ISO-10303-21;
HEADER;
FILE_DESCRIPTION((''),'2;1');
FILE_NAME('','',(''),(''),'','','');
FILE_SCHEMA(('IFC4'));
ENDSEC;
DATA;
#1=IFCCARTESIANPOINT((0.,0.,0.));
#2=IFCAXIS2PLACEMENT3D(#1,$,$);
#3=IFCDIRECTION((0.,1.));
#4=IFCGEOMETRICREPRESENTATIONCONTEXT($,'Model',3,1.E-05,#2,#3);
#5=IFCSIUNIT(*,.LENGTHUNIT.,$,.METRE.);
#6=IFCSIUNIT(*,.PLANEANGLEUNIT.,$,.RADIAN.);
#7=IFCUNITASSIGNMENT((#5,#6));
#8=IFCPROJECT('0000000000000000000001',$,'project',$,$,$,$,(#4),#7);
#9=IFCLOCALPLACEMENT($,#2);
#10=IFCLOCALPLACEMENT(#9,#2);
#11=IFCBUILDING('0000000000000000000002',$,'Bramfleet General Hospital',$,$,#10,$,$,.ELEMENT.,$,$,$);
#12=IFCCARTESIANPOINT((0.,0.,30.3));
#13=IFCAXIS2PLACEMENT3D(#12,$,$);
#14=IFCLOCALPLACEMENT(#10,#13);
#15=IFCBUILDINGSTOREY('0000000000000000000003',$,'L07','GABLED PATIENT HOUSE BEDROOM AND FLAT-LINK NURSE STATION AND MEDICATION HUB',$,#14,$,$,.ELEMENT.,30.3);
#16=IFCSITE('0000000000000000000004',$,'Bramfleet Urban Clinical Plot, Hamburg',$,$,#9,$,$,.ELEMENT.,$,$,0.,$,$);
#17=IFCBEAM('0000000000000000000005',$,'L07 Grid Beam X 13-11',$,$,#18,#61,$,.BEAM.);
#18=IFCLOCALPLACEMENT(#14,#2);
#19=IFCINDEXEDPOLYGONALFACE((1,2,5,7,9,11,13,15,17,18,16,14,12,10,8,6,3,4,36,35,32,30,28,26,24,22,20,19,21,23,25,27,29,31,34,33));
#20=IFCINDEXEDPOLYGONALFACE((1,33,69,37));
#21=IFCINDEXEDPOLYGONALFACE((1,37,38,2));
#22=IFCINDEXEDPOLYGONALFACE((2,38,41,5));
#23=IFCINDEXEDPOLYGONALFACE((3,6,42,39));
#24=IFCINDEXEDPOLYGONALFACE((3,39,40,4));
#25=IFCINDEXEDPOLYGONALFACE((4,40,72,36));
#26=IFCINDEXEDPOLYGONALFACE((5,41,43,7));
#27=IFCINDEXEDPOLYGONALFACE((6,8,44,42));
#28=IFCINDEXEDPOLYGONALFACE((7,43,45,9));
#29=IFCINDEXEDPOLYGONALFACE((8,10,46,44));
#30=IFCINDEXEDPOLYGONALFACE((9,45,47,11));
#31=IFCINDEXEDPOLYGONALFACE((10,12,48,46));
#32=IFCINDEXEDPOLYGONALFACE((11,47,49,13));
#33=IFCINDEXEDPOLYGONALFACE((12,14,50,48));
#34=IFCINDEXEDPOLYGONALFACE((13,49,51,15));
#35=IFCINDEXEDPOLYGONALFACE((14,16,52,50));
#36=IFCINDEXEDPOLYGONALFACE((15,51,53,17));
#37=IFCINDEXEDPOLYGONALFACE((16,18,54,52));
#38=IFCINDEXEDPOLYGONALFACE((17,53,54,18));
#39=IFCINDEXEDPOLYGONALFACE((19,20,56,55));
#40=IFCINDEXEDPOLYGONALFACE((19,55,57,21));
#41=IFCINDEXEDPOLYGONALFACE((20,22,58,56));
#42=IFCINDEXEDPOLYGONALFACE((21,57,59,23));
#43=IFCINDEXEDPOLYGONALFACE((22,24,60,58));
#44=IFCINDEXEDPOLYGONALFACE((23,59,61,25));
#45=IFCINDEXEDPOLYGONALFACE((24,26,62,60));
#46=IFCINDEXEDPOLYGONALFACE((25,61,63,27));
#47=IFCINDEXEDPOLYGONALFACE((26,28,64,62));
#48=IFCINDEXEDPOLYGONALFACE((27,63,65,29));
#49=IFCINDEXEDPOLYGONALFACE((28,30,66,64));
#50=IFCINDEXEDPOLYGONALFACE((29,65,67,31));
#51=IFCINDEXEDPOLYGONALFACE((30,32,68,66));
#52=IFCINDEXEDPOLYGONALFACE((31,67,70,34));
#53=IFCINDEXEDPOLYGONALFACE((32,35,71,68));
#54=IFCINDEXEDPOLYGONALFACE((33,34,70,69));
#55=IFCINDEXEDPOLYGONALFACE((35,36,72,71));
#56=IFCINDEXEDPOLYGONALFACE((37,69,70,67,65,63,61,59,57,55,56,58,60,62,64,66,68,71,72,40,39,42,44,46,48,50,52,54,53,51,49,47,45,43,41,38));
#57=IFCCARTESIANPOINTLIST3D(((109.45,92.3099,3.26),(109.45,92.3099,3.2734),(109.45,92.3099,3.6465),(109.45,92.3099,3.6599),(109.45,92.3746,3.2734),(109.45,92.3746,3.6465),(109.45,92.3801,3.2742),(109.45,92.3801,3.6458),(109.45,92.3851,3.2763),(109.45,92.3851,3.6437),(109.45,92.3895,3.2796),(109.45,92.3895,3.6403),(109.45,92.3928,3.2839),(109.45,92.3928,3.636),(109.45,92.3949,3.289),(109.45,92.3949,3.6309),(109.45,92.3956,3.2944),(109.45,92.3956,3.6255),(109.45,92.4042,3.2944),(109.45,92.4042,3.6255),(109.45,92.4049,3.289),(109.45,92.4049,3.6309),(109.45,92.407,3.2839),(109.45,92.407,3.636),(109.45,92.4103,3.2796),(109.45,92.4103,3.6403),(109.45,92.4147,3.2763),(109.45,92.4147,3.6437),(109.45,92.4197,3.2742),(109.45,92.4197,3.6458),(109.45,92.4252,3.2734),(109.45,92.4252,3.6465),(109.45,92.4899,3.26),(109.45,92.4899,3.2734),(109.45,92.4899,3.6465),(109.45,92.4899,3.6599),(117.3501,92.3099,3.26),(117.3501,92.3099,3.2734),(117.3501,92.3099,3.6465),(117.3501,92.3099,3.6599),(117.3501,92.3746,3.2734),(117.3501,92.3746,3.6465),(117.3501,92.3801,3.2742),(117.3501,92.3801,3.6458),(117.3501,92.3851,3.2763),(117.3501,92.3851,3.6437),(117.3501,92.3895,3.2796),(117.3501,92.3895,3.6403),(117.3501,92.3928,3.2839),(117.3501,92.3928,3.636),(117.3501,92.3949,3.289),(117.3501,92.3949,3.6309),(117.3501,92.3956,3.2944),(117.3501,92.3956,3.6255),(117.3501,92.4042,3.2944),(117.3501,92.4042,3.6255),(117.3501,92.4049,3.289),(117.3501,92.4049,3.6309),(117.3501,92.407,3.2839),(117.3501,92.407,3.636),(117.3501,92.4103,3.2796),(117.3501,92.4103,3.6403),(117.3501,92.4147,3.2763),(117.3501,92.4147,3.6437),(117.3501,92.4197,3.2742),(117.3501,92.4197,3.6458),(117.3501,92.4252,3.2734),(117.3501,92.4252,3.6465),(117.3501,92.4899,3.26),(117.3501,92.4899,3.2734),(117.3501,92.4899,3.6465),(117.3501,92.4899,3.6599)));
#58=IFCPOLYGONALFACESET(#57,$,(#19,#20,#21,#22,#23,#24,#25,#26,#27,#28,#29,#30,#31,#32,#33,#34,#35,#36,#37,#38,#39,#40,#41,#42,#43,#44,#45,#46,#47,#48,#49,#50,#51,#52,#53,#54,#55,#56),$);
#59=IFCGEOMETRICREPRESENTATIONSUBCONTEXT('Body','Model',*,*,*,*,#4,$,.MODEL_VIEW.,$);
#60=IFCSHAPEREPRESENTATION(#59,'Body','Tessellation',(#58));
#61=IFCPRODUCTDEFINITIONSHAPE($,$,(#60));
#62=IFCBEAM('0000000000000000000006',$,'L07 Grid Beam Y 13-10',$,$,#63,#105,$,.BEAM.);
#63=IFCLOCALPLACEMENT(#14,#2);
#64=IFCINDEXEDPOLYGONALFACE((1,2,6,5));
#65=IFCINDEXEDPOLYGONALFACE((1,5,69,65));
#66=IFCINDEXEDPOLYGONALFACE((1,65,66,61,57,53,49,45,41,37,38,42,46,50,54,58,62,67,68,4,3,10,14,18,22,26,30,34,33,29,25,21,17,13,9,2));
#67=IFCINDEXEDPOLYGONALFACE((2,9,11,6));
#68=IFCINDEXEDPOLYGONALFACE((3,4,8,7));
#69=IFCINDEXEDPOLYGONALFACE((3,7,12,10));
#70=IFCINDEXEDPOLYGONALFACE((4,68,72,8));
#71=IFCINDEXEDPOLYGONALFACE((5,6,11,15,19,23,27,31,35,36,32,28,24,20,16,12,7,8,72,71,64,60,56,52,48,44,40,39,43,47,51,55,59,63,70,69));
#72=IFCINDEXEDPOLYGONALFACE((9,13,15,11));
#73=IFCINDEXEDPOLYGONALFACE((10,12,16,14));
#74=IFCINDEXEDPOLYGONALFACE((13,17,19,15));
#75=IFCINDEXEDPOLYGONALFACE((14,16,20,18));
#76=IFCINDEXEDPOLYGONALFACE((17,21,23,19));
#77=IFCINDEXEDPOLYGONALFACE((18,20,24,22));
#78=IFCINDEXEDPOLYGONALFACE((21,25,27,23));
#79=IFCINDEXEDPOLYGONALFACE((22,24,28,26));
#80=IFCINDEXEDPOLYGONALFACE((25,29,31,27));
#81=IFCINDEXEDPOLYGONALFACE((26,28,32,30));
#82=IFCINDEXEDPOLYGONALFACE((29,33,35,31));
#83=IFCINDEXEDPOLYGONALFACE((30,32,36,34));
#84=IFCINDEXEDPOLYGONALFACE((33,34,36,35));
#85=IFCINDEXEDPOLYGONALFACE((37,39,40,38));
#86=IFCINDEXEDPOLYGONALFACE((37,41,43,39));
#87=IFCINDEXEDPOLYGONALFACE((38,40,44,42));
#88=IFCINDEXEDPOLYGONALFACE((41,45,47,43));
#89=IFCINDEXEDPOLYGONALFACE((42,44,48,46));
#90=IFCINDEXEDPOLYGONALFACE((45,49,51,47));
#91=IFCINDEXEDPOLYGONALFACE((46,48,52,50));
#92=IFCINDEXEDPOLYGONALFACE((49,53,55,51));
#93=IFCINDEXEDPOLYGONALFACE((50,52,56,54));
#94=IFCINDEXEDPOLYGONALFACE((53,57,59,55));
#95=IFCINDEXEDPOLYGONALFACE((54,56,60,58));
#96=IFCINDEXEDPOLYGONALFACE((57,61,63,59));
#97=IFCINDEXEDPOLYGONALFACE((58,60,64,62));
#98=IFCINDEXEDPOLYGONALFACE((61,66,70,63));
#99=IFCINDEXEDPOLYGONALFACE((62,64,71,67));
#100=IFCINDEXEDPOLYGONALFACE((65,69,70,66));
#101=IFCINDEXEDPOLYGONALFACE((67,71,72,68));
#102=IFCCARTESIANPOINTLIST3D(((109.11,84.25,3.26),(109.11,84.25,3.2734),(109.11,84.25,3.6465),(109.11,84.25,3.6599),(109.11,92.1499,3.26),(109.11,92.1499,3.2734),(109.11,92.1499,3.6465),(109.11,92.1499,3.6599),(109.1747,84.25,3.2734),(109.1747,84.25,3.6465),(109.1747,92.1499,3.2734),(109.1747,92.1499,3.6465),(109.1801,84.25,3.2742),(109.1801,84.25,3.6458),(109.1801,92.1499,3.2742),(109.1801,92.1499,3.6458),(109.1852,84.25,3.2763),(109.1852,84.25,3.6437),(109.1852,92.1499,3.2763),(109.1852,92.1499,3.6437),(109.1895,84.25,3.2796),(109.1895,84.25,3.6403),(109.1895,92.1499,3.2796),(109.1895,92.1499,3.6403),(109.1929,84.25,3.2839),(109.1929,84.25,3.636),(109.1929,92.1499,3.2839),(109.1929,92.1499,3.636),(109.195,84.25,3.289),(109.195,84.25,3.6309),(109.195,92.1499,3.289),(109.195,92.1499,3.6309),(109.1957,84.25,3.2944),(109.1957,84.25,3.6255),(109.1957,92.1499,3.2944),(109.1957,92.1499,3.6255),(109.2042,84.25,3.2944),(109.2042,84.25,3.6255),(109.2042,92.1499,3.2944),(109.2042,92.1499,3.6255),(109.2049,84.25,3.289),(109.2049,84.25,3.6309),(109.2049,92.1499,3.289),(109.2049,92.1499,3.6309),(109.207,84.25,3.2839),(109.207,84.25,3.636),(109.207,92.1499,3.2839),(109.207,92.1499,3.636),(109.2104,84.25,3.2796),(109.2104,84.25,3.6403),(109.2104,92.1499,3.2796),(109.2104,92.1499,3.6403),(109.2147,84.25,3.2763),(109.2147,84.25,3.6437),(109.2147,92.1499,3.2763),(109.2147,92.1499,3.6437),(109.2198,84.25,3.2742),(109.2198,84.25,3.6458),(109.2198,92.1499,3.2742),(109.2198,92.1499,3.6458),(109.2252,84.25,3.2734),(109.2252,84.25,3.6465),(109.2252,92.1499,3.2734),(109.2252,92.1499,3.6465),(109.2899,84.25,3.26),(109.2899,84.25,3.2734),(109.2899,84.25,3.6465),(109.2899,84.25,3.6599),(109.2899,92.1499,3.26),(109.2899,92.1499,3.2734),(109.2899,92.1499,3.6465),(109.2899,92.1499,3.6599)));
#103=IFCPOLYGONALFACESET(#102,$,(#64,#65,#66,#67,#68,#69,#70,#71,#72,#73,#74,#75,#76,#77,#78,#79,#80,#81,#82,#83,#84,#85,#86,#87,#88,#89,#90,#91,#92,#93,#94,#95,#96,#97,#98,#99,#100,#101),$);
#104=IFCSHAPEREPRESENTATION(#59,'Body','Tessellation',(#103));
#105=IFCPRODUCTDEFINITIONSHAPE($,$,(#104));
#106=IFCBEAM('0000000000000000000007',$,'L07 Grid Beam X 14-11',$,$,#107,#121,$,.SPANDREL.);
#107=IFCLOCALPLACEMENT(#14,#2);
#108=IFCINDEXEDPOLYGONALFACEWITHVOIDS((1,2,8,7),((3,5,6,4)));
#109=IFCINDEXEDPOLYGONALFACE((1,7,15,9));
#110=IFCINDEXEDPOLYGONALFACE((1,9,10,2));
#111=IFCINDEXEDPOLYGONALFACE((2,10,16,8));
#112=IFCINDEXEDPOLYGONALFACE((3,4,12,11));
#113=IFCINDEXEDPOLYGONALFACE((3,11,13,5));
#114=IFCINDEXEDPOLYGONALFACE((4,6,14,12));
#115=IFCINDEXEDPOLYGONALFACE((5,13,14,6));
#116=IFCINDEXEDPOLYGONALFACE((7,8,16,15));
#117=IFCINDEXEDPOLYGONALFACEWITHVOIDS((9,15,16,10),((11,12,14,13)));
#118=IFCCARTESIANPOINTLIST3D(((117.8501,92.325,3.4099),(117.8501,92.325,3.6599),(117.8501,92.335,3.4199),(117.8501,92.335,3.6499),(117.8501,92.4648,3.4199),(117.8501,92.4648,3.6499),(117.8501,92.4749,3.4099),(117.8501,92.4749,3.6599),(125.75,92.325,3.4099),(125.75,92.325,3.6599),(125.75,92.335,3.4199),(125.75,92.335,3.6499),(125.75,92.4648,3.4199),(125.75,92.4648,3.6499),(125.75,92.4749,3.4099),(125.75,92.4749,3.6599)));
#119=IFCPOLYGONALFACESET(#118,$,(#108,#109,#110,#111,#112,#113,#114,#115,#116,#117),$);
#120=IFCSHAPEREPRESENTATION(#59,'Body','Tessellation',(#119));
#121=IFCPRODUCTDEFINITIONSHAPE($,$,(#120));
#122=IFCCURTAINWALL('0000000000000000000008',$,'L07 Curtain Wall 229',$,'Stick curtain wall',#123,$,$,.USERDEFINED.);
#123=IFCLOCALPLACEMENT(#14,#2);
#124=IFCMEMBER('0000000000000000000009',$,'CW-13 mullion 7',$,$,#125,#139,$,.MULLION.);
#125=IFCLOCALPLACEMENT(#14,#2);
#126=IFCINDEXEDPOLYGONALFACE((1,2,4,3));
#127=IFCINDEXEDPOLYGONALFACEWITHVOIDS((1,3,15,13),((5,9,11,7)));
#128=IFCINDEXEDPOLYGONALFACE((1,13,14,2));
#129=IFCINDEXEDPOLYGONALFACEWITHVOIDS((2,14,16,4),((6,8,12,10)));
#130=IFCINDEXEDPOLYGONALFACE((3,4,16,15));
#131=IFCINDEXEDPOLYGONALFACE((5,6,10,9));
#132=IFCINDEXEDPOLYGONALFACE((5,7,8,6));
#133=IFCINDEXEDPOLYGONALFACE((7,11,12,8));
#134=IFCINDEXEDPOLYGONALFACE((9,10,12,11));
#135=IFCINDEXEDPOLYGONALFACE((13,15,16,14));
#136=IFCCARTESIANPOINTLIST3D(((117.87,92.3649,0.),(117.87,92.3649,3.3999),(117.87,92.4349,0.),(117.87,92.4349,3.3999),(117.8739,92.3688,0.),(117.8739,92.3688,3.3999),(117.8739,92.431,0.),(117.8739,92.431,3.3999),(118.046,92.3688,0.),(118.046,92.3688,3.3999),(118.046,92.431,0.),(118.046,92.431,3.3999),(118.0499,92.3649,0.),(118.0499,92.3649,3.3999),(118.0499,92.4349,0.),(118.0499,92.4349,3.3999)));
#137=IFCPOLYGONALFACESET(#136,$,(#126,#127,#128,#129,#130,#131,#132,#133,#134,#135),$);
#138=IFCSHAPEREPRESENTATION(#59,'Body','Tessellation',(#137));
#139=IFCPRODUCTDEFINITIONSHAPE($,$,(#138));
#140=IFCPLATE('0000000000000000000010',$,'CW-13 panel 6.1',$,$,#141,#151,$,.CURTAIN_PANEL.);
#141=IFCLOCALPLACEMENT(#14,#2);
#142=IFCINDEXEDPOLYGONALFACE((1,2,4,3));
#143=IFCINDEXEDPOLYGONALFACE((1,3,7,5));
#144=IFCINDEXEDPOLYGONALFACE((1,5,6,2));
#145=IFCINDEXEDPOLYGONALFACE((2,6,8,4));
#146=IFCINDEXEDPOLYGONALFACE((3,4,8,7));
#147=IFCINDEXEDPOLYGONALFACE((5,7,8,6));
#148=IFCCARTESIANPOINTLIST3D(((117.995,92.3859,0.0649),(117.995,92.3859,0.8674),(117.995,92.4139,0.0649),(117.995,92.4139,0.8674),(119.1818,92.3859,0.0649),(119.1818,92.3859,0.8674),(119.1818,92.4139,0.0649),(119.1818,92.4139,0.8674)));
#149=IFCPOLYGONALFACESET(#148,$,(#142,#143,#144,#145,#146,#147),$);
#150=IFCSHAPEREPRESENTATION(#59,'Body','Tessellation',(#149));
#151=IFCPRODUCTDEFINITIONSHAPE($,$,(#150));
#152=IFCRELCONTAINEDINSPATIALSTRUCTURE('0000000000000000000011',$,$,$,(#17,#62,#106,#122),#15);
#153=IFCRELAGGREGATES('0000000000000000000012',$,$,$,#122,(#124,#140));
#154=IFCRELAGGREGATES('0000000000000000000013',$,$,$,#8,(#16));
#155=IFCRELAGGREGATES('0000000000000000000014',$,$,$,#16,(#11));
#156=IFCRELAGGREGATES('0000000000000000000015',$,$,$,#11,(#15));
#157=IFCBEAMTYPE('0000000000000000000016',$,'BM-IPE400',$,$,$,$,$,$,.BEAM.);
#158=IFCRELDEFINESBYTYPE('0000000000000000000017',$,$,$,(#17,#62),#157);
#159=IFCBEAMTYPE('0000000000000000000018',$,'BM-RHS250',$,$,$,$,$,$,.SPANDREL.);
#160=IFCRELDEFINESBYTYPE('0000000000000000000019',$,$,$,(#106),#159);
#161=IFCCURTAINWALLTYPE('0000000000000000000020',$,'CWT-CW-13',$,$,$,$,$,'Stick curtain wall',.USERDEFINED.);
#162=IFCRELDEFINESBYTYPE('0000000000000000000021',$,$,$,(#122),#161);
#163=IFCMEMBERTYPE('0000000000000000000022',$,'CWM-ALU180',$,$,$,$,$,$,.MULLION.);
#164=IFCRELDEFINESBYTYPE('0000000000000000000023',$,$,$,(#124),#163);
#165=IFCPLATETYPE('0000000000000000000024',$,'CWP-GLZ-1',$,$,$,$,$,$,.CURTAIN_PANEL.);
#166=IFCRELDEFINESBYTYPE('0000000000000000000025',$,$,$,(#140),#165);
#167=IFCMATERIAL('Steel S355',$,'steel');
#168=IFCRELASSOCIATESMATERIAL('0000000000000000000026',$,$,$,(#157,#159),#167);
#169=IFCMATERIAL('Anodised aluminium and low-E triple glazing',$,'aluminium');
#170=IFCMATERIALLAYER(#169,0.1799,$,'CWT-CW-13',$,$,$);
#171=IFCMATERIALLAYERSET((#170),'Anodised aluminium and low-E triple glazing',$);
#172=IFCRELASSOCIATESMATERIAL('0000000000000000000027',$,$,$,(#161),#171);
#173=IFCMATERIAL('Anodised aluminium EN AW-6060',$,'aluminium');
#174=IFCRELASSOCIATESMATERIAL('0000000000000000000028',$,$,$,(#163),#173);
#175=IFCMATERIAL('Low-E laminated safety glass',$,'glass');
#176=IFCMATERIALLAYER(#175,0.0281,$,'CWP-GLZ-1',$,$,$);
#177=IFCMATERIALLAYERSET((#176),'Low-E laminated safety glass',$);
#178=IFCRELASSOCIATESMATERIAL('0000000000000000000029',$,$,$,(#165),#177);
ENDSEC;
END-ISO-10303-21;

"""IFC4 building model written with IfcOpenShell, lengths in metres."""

from ifc_helpers import new_model, si_unit, direction, frame, origin, origin_2d, place, context, subcontext, project, spatial, rectangle, hollow_rectangle, i_section, extrude, material, layer, layer_set, material_profile, profile_set, type_object, element, aggregate, save


model = new_model("IFC4")

# Units and contexts
model_context = context("Model", 3, precision=1e-05, world=origin(), true_north=direction((0.0, 1.0)))
body_context = subcontext(model_context, "Body", "Model", "MODEL_VIEW")
ifc_project = project(units=[si_unit("LENGTHUNIT", "METRE"), si_unit("PLANEANGLEUNIT", "RADIAN")], contexts=[model_context])

# Site, building, storey
site_placement = place(None, origin())
site = spatial("IfcSite", under=ifc_project, at=site_placement, Name="Bramfleet Urban Clinical Plot, Hamburg", CompositionType="ELEMENT", RefElevation=0.0)
building_placement = place(site_placement, origin())
building = spatial("IfcBuilding", under=site, at=building_placement, Name="Bramfleet General Hospital", CompositionType="ELEMENT")
storey_placement = place(building_placement, frame((0.0, 0.0, 30.3)))
storey = spatial("IfcBuildingStorey", under=building, at=storey_placement, Name="L07", Description="GABLED PATIENT HOUSE BEDROOM AND FLAT-LINK NURSE STATION AND MEDICATION HUB", CompositionType="ELEMENT", Elevation=30.3)

# Beams
ifc_material_1 = material(Name="Steel S355", Category="steel")
ifc_material_profile_1 = material_profile(ifc_material_1, i_section(OverallWidth=0.1799, OverallDepth=0.3999, WebThickness=0.0085, FlangeThickness=0.0134, FilletRadius=0.021, at=origin_2d()), Name="IPE 400")
ifc_profile_set_1 = profile_set([ifc_material_profile_1], Name="Steel S355")
beam_type_1 = type_object("IfcBeamType", Name="BM-IPE400", PredefinedType="BEAM", material=ifc_profile_set_1)
beam_1_placement = place(storey_placement, frame((109.45, 92.3999, 3.46), z_axis=(1.0, 0.0, 0.0), x_axis=(0.0, 1.0, 0.0)))
element("IfcBeam", 1, at=beam_1_placement, inside=storey, type_object=beam_type_1, Name="L07 Grid Beam X 13-11", PredefinedType="BEAM", context=body_context, shape_type="SweptSolid", body=[
    extrude(i_section(OverallWidth=0.1799, OverallDepth=0.3999, WebThickness=0.0085, FlangeThickness=0.0134, FilletRadius=0.021, at=origin_2d()), origin(), (0.0, 0.0, 1.0), 7.9001),
])
beam_2_placement = place(storey_placement, frame((109.2, 84.25, 3.46), z_axis=(0.0, 1.0, 0.0), x_axis=(-1.0, 0.0, 0.0)))
element("IfcBeam", 2, at=beam_2_placement, inside=storey, type_object=beam_type_1, Name="L07 Grid Beam Y 13-10", PredefinedType="BEAM", context=body_context, shape_type="SweptSolid", body=[
    extrude(i_section(OverallWidth=0.1799, OverallDepth=0.3999, WebThickness=0.0085, FlangeThickness=0.0134, FilletRadius=0.021, at=origin_2d()), origin(), (0.0, 0.0, 1.0), 7.8999),
])
ifc_material_profile_2 = material_profile(ifc_material_1, hollow_rectangle(XDim=0.1499, YDim=0.25, WallThickness=0.01, at=origin_2d()), Name="RHS 250x150x10.0")
ifc_profile_set_2 = profile_set([ifc_material_profile_2], Name="Steel S355")
beam_type_2 = type_object("IfcBeamType", Name="BM-RHS250", PredefinedType="SPANDREL", material=ifc_profile_set_2)
beam_3_placement = place(storey_placement, frame((117.8501, 92.3999, 3.5349), z_axis=(1.0, 0.0, 0.0), x_axis=(0.0, 1.0, 0.0)))
element("IfcBeam", 3, at=beam_3_placement, inside=storey, type_object=beam_type_2, Name="L07 Grid Beam X 14-11", PredefinedType="SPANDREL", context=body_context, shape_type="SweptSolid", body=[
    extrude(hollow_rectangle(XDim=0.1499, YDim=0.25, WallThickness=0.01, at=origin_2d()), origin(), (0.0, 0.0, 1.0), 7.8999),
])

# Curtain wall, member, plate
ifc_material_2 = material(Name="Anodised aluminium and low-E triple glazing", Category="aluminium")
ifc_layer_1 = layer(ifc_material_2, 0.1799, Name="CWT-CW-13")
ifc_layer_set_1 = layer_set([ifc_layer_1], Name="Anodised aluminium and low-E triple glazing")
curtain_wall_type = type_object("IfcCurtainWallType", Name="CWT-CW-13", ElementType="Stick curtain wall", PredefinedType="USERDEFINED", material=ifc_layer_set_1)
curtain_wall_placement = place(storey_placement, origin())
curtain_wall = element("IfcCurtainWall", 4, at=curtain_wall_placement, inside=storey, type_object=curtain_wall_type, Name="L07 Curtain Wall 229", ObjectType="Stick curtain wall", PredefinedType="USERDEFINED")
ifc_material_3 = material(Name="Anodised aluminium EN AW-6060", Category="aluminium")
ifc_material_profile_3 = material_profile(ifc_material_3, hollow_rectangle(XDim=0.0701, YDim=0.1799, WallThickness=0.0039, at=origin_2d()), Name="ALU 180x70x4.0")
ifc_profile_set_3 = profile_set([ifc_material_profile_3], Name="Anodised aluminium EN AW-6060")
member_type = type_object("IfcMemberType", Name="CWM-ALU180", PredefinedType="MULLION", material=ifc_profile_set_3)
member_placement = place(storey_placement, frame((117.96, 92.3999, 0.0), z_axis=(0.0, 0.0, 1.0), x_axis=(0.0, -1.0, 0.0)))
member = element("IfcMember", 5, at=member_placement, type_object=member_type, Name="CW-13 mullion 7", PredefinedType="MULLION", context=body_context, shape_type="SweptSolid", body=[
    extrude(hollow_rectangle(XDim=0.0701, YDim=0.1799, WallThickness=0.0039, at=origin_2d()), origin(), (0.0, 0.0, 1.0), 3.3999),
])
ifc_material_4 = material(Name="Low-E laminated safety glass", Category="glass")
ifc_layer_2 = layer(ifc_material_4, 0.0281, Name="CWP-GLZ-1")
ifc_layer_set_2 = layer_set([ifc_layer_2], Name="Low-E laminated safety glass")
plate_type = type_object("IfcPlateType", Name="CWP-GLZ-1", PredefinedType="CURTAIN_PANEL", material=ifc_layer_set_2)
plate_placement = place(storey_placement, frame((118.5884, 92.3999, 0.0649), z_axis=(0.0, 0.0, 1.0), x_axis=(-1.0, 0.0, 0.0)))
plate = element("IfcPlate", 6, at=plate_placement, type_object=plate_type, Name="CW-13 panel 6.1", PredefinedType="CURTAIN_PANEL", context=body_context, shape_type="SweptSolid", body=[
    extrude(rectangle(XDim=1.1868, YDim=0.0281, at=origin_2d()), origin(), (0.0, 0.0, 1.0), 0.8025),
])
aggregate(curtain_wall, [member, plate])

save(model, "model.ifc")
